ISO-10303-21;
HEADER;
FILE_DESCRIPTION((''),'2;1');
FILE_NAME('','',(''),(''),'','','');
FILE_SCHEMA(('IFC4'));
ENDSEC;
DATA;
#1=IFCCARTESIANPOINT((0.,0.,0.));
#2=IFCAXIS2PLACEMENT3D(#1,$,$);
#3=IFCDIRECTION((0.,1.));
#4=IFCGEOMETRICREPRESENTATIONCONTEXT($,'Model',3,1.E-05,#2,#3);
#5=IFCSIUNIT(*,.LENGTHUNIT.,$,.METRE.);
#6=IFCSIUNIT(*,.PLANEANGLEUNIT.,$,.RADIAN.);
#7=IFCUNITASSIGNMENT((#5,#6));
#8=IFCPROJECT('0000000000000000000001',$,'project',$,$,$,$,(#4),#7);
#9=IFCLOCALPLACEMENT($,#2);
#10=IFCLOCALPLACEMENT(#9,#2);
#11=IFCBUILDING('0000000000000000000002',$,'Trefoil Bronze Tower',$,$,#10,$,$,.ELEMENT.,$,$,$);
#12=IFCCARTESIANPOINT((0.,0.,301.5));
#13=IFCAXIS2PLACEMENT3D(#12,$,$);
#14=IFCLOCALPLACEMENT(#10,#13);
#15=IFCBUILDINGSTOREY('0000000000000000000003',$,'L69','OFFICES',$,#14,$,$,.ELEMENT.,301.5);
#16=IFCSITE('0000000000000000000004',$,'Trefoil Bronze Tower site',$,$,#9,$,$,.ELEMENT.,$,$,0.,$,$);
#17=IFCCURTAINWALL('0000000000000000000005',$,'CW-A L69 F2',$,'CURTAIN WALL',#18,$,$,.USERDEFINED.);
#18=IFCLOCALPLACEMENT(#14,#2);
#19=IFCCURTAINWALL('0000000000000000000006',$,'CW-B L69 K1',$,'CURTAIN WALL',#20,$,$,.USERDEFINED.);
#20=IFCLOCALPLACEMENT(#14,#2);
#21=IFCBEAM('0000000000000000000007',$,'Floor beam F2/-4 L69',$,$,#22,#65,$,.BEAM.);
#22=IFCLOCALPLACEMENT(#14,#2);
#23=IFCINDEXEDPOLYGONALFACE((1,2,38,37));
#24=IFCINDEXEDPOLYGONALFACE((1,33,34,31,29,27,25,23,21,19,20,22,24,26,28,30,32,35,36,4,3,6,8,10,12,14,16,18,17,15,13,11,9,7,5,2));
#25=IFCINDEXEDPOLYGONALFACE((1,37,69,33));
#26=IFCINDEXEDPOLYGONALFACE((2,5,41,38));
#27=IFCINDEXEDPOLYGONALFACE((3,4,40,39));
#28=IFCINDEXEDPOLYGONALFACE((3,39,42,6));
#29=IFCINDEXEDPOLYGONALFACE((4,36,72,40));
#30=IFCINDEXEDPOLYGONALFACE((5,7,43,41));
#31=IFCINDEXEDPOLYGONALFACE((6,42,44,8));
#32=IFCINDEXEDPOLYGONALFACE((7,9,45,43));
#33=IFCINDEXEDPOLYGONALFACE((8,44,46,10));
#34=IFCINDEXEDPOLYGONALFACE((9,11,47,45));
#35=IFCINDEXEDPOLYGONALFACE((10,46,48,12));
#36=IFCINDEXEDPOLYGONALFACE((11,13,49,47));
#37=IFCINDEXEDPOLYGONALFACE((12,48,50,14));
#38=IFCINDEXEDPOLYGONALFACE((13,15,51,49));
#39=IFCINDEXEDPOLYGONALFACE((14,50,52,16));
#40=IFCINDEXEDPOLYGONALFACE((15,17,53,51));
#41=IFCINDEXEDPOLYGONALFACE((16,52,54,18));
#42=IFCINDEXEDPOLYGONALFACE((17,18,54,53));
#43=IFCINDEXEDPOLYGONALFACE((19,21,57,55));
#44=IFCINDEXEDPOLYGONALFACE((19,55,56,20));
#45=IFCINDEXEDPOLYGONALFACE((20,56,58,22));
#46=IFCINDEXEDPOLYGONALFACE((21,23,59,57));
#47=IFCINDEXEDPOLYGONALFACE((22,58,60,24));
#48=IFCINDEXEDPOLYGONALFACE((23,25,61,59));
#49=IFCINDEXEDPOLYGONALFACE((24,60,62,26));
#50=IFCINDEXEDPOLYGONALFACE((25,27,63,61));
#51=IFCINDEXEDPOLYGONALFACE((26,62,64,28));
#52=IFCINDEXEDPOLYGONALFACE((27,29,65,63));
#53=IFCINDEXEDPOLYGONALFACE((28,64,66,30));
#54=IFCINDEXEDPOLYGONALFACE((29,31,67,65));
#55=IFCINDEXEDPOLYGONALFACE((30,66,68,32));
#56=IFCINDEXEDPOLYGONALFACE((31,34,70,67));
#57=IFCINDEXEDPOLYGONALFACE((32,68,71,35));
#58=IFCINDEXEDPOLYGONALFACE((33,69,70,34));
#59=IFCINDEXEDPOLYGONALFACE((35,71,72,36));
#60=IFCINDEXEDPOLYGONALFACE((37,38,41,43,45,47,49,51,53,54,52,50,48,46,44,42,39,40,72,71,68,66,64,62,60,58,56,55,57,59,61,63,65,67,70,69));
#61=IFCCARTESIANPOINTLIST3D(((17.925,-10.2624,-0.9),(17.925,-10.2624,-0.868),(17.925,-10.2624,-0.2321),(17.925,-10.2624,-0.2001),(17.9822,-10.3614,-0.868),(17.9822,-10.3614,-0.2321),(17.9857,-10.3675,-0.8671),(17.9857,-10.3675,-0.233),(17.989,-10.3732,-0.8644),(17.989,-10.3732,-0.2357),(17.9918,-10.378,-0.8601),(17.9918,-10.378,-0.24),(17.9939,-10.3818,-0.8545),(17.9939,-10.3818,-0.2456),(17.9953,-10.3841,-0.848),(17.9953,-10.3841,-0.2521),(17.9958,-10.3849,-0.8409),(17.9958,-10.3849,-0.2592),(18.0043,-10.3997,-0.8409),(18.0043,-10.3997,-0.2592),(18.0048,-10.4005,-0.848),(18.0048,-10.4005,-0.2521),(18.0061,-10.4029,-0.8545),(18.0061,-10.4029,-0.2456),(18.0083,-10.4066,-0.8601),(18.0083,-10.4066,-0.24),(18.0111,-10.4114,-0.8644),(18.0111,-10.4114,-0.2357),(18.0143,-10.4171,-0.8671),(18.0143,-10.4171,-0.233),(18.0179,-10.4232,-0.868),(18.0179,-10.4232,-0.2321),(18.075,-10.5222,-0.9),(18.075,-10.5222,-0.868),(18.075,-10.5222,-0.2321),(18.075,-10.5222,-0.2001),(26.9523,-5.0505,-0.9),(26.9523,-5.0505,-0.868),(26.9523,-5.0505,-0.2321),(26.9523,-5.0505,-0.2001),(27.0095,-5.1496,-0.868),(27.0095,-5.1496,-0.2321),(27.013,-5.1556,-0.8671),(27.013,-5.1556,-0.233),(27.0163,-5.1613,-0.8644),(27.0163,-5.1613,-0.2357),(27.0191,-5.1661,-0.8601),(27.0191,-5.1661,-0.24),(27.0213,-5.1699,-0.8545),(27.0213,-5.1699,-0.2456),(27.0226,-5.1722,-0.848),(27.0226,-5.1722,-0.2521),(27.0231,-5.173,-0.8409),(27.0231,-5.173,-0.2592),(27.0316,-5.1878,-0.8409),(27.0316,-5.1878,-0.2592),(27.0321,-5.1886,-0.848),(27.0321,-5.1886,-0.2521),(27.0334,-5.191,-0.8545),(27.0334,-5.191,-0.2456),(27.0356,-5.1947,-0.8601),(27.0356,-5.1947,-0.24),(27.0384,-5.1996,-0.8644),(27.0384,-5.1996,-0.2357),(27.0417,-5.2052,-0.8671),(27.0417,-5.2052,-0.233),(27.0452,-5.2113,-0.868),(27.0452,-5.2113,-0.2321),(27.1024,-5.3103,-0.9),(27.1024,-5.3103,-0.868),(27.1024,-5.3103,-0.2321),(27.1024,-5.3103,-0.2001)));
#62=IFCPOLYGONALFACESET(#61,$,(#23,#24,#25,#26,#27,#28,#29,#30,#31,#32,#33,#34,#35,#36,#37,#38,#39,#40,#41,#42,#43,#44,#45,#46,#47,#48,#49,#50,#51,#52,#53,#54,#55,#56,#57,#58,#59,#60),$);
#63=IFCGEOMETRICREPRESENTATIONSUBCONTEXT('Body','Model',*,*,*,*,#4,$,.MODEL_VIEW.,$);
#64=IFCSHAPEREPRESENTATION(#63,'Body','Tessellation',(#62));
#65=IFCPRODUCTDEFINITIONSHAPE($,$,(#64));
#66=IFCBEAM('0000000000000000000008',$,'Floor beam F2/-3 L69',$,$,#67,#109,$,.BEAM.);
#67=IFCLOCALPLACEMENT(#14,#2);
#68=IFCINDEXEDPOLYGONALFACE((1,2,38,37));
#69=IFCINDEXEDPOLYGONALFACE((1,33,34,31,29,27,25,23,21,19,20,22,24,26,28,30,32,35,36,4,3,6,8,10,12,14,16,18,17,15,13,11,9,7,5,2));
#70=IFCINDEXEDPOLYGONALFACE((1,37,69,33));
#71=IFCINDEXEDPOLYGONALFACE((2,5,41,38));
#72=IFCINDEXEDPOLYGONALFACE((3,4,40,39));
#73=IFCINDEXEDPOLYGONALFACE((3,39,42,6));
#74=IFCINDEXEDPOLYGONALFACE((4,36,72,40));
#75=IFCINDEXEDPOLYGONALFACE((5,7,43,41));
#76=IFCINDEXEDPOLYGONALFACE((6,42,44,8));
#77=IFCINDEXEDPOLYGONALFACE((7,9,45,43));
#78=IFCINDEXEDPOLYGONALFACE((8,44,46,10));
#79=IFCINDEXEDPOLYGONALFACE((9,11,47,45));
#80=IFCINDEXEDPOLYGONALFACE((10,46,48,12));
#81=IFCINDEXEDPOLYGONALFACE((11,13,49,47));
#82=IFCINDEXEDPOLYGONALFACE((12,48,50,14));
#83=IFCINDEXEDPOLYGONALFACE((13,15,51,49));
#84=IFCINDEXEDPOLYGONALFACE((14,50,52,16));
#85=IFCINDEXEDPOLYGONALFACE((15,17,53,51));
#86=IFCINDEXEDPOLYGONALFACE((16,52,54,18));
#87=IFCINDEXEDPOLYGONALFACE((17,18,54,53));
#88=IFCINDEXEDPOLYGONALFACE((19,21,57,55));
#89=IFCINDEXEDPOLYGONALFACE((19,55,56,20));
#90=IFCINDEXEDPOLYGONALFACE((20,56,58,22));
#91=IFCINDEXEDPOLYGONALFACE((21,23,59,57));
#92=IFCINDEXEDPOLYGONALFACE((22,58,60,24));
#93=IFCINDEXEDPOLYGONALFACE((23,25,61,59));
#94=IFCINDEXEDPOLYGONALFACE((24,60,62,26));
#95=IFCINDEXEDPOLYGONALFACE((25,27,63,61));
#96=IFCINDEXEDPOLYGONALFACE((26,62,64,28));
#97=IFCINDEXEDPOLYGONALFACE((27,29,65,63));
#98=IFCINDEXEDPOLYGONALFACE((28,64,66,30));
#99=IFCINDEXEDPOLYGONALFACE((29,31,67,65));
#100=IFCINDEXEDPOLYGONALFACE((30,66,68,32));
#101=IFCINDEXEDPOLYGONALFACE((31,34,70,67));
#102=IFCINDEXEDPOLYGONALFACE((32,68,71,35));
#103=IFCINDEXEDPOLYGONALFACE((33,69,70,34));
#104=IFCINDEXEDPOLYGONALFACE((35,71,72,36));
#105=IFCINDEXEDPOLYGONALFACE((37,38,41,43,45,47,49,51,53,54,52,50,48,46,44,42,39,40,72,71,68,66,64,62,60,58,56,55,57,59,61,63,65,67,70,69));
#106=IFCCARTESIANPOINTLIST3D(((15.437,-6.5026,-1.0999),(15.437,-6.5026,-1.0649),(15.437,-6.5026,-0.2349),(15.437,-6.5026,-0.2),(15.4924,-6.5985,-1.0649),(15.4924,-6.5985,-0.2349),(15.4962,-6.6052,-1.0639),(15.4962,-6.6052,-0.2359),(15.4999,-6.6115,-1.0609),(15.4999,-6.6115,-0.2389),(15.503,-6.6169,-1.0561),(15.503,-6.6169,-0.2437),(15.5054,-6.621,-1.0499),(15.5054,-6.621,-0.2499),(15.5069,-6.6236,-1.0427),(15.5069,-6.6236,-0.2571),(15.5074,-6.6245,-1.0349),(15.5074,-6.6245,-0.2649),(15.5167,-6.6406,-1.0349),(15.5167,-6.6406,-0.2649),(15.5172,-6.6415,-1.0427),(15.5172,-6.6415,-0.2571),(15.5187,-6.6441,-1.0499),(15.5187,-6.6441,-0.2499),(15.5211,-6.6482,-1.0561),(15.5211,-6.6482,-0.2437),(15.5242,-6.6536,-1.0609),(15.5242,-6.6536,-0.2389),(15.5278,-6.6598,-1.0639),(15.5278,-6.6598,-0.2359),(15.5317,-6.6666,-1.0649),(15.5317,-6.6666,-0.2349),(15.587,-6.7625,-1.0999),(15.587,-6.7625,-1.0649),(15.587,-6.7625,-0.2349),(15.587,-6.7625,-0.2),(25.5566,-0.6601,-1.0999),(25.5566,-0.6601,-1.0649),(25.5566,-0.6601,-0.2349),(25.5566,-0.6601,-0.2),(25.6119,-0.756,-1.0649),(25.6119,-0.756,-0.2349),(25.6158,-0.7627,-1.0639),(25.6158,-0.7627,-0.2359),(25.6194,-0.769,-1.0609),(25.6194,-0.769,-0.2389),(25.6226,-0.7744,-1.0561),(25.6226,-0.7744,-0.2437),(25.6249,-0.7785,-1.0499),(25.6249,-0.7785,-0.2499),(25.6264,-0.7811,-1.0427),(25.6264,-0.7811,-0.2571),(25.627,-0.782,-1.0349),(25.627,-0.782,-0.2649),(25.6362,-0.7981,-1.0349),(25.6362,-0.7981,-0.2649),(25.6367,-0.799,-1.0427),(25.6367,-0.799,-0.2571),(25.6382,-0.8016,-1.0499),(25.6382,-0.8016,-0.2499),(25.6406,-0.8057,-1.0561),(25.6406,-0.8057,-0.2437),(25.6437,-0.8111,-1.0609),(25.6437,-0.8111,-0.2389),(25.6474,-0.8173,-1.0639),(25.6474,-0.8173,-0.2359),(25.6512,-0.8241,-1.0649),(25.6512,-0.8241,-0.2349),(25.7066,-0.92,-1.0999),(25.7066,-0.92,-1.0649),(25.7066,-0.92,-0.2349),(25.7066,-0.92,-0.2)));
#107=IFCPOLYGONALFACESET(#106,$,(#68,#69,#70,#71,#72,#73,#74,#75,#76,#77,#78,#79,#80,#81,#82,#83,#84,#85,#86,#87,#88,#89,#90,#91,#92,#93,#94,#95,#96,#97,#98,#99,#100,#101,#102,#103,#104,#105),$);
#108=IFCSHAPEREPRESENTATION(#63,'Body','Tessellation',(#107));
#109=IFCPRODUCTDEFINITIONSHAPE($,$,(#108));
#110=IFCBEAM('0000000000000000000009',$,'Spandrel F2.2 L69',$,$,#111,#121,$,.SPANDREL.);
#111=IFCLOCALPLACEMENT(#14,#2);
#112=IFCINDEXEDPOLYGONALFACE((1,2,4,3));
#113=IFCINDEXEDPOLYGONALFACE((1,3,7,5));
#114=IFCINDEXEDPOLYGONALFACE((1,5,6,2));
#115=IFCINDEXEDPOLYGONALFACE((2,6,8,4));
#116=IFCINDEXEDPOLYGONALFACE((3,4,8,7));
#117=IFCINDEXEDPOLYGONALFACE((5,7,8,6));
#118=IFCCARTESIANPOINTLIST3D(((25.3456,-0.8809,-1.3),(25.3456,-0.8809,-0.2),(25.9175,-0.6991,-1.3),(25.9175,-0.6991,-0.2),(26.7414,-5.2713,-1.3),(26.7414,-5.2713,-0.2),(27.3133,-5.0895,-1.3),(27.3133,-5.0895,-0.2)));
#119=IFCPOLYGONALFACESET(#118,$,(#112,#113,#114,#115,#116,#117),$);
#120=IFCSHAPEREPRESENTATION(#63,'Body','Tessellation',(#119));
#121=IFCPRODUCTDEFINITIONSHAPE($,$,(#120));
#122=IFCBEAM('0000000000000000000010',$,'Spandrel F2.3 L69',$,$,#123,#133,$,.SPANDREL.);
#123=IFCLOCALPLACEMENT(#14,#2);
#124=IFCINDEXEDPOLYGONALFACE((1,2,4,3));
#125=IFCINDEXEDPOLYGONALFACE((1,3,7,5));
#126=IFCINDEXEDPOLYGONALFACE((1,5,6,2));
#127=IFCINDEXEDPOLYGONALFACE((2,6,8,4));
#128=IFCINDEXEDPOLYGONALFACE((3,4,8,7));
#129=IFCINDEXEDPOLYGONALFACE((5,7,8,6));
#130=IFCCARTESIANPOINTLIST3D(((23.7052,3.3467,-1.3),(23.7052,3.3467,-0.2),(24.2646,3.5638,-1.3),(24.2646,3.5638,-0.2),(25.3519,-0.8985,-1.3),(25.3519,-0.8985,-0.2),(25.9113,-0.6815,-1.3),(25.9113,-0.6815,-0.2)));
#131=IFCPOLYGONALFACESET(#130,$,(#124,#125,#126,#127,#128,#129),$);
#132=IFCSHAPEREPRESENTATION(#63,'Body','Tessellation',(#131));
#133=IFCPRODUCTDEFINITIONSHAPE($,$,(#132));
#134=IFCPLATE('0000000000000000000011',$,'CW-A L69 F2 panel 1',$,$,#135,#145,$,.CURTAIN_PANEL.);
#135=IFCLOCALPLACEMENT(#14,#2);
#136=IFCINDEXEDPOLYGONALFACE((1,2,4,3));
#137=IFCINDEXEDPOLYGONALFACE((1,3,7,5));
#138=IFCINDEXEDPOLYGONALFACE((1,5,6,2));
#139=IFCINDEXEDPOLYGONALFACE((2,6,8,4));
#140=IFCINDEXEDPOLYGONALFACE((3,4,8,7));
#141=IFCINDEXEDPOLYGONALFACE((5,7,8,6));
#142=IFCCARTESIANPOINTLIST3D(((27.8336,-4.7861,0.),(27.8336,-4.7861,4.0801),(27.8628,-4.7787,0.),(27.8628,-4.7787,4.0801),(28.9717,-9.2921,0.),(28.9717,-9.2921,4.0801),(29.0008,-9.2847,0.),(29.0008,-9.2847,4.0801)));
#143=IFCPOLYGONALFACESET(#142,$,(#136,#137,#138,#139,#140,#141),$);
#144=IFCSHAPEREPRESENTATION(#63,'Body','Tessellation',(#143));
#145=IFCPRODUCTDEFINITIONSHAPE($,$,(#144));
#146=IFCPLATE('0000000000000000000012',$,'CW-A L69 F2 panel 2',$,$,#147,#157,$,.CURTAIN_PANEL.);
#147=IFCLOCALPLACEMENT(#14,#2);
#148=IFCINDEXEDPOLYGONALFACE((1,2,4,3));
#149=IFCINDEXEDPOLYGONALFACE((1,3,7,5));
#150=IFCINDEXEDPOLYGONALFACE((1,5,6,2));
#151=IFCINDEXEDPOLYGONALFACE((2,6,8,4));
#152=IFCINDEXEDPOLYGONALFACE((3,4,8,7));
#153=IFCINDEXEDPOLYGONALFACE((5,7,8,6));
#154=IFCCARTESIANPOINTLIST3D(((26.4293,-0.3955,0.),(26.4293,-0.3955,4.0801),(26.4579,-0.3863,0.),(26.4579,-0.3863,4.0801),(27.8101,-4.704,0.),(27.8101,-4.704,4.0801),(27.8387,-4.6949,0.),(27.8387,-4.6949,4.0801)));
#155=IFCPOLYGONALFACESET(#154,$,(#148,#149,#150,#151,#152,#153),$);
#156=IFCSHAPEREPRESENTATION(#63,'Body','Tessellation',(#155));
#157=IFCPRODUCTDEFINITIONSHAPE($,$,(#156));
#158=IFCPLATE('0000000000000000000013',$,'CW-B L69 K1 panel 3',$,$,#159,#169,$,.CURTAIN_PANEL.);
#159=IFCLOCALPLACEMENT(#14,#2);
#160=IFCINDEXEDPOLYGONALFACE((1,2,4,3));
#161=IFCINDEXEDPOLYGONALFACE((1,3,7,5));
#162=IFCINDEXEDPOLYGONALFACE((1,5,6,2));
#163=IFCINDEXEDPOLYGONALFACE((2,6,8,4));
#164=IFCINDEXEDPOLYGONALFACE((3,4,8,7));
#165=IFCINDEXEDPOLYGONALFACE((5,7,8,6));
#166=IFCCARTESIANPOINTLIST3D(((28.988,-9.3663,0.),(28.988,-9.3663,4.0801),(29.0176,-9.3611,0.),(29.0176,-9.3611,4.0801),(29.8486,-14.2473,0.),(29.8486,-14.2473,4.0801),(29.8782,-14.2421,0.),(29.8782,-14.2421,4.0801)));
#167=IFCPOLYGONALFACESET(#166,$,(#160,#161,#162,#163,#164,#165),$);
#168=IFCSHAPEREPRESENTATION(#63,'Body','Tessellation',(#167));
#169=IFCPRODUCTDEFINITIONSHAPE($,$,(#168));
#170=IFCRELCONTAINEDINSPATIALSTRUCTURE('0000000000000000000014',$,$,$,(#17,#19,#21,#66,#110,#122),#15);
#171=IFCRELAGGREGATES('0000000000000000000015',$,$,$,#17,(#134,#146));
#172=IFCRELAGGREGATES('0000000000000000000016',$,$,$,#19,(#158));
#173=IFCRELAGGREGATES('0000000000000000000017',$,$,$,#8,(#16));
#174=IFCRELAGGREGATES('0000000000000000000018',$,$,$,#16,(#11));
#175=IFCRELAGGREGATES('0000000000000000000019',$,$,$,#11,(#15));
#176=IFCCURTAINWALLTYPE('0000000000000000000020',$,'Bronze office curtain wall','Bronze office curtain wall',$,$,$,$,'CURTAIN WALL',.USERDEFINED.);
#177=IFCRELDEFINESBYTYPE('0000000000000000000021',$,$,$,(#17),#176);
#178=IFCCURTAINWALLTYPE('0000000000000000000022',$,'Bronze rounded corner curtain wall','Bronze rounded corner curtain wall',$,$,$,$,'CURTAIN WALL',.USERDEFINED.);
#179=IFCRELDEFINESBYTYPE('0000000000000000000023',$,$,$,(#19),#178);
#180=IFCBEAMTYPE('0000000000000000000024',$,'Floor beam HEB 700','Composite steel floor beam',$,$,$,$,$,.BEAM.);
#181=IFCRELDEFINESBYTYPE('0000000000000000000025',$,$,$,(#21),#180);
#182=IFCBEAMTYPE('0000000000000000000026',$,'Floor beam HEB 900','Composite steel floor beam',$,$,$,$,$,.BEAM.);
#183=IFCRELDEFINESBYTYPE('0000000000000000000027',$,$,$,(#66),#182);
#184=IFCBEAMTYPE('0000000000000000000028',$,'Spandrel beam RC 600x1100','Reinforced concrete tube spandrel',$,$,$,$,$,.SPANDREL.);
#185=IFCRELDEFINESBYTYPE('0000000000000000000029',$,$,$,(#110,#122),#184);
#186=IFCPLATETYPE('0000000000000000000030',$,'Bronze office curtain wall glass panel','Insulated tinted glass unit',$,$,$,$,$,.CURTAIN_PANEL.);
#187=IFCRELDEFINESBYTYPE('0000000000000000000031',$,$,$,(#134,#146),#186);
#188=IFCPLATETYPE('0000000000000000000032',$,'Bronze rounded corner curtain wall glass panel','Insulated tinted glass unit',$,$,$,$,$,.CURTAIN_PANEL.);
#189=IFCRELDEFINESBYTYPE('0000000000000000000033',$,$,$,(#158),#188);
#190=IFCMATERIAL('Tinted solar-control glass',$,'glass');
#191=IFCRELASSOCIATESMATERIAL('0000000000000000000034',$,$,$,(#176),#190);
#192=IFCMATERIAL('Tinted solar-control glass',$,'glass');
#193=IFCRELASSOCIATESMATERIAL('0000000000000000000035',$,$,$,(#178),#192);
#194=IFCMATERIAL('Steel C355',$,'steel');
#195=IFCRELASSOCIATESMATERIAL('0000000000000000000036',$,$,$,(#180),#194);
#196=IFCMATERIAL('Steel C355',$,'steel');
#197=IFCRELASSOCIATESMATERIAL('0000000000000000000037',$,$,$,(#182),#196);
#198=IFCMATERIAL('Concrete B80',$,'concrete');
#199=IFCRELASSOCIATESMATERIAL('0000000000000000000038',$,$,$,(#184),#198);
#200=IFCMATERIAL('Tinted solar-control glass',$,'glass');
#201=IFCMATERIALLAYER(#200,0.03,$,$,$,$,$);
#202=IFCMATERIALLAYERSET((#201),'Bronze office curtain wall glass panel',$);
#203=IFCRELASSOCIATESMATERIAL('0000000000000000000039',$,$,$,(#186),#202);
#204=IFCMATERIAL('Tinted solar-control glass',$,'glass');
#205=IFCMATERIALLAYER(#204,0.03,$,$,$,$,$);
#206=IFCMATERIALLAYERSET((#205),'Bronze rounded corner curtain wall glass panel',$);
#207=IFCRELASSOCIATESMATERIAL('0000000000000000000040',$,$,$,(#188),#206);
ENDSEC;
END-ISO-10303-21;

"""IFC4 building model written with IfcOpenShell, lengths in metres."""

from ifc_helpers import new_model, si_unit, direction, frame, origin, origin_2d, place, context, subcontext, project, spatial, rectangle, i_section, extrude, material, layer, layer_set, material_profile, profile_set, type_object, element, aggregate, save


model = new_model("IFC4")

# Units and contexts
model_context = context("Model", 3, precision=1e-05, world=origin(), true_north=direction((0.0, 1.0)))
body_context = subcontext(model_context, "Body", "Model", "MODEL_VIEW")
ifc_project = project(units=[si_unit("LENGTHUNIT", "METRE"), si_unit("PLANEANGLEUNIT", "RADIAN")], contexts=[model_context])

# Site, building, storey
site_placement = place(None, origin())
site = spatial("IfcSite", under=ifc_project, at=site_placement, Name="Trefoil Bronze Tower site", CompositionType="ELEMENT", RefElevation=0.0)
building_placement = place(site_placement, origin())
building = spatial("IfcBuilding", under=site, at=building_placement, Name="Trefoil Bronze Tower", CompositionType="ELEMENT")
storey_placement = place(building_placement, frame((0.0, 0.0, 301.5)))
storey = spatial("IfcBuildingStorey", under=building, at=storey_placement, Name="L69", Description="OFFICES", CompositionType="ELEMENT", Elevation=301.5)

# Curtain walls
ifc_material_1 = material(Name="Tinted solar-control glass", Category="glass")
curtain_wall_type_1 = type_object("IfcCurtainWallType", Name="Bronze office curtain wall", Description="Bronze office curtain wall", ElementType="CURTAIN WALL", PredefinedType="USERDEFINED", material=ifc_material_1)
curtain_wall_1_placement = place(storey_placement, origin())
curtain_wall_1 = element("IfcCurtainWall", 1, at=curtain_wall_1_placement, inside=storey, type_object=curtain_wall_type_1, Name="CW-A L69 F2", ObjectType="CURTAIN WALL", PredefinedType="USERDEFINED")
ifc_material_2 = material(Name="Tinted solar-control glass", Category="glass")
curtain_wall_type_2 = type_object("IfcCurtainWallType", Name="Bronze rounded corner curtain wall", Description="Bronze rounded corner curtain wall", ElementType="CURTAIN WALL", PredefinedType="USERDEFINED", material=ifc_material_2)
curtain_wall_2_placement = place(storey_placement, origin())
curtain_wall_2 = element("IfcCurtainWall", 2, at=curtain_wall_2_placement, inside=storey, type_object=curtain_wall_type_2, Name="CW-B L69 K1", ObjectType="CURTAIN WALL", PredefinedType="USERDEFINED")

# Beams
ifc_material_3 = material(Name="Steel C355", Category="steel")
ifc_material_profile_1 = material_profile(ifc_material_3, i_section(OverallWidth=0.3, OverallDepth=0.7, WebThickness=0.0171, FlangeThickness=0.032, FilletRadius=0.0271, at=origin_2d()), Name="HEB 700")
ifc_profile_set_1 = profile_set([ifc_material_profile_1], Name="Steel C355")
beam_type_1 = type_object("IfcBeamType", Name="Floor beam HEB 700", Description="Composite steel floor beam", PredefinedType="BEAM", material=ifc_profile_set_1)
beam_1_placement = place(storey_placement, frame((27.0273, -5.1804, -0.55), z_axis=(-0.866026, -0.499998, 0.0), x_axis=(0.499998, -0.866026, 0.0)))
element("IfcBeam", 3, at=beam_1_placement, inside=storey, type_object=beam_type_1, Name="Floor beam F2/-4 L69", PredefinedType="BEAM", context=body_context, shape_type="SweptSolid", body=[
    extrude(i_section(OverallWidth=0.3, OverallDepth=0.7, WebThickness=0.0171, FlangeThickness=0.032, FilletRadius=0.0271, at=origin_2d()), origin(), (0.0, 0.0, 1.0), 10.4238),
])
ifc_material_4 = material(Name="Steel C355", Category="steel")
ifc_material_profile_2 = material_profile(ifc_material_4, i_section(OverallWidth=0.3, OverallDepth=0.8999, WebThickness=0.0186, FlangeThickness=0.0349, FilletRadius=0.03, at=origin_2d()), Name="HEB 900")
ifc_profile_set_2 = profile_set([ifc_material_profile_2], Name="Steel C355")
beam_type_2 = type_object("IfcBeamType", Name="Floor beam HEB 900", Description="Composite steel floor beam", PredefinedType="BEAM", material=ifc_profile_set_2)
beam_2_placement = place(storey_placement, frame((25.6316, -0.79, -0.6499), z_axis=(-0.866027, -0.499997, 0.0), x_axis=(0.499997, -0.866027, 0.0)))
element("IfcBeam", 4, at=beam_2_placement, inside=storey, type_object=beam_type_2, Name="Floor beam F2/-3 L69", PredefinedType="BEAM", context=body_context, shape_type="SweptSolid", body=[
    extrude(i_section(OverallWidth=0.3, OverallDepth=0.8999, WebThickness=0.0186, FlangeThickness=0.0349, FilletRadius=0.03, at=origin_2d()), origin(), (0.0, 0.0, 1.0), 11.6851),
])
ifc_material_5 = material(Name="Concrete B80", Category="concrete")
ifc_material_profile_3 = material_profile(ifc_material_5, rectangle(XDim=0.6001, YDim=1.1001, at=origin_2d()), Name="RC 600x1100")
ifc_profile_set_3 = profile_set([ifc_material_profile_3], Name="Concrete B80")
beam_type_3 = type_object("IfcBeamType", Name="Spandrel beam RC 600x1100", Description="Reinforced concrete tube spandrel", PredefinedType="SPANDREL", material=ifc_profile_set_3)
beam_3_placement = place(storey_placement, frame((27.0273, -5.1804, -0.75), z_axis=(-0.30297, 0.953, 0.0), x_axis=(-0.953, -0.30297, 0.0)))
element("IfcBeam", 5, at=beam_3_placement, inside=storey, type_object=beam_type_3, Name="Spandrel F2.2 L69", PredefinedType="SPANDREL", context=body_context, shape_type="SweptSolid", body=[
    extrude(rectangle(XDim=0.6001, YDim=1.1001, at=origin_2d()), origin(), (0.0, 0.0, 1.0), 4.6069),
])
beam_4_placement = place(storey_placement, frame((25.6316, -0.79, -0.75), z_axis=(-0.361636, 0.932319, 0.0), x_axis=(-0.932319, -0.361636, 0.0)))
element("IfcBeam", 6, at=beam_4_placement, inside=storey, type_object=beam_type_3, Name="Spandrel F2.3 L69", PredefinedType="SPANDREL", context=body_context, shape_type="SweptSolid", body=[
    extrude(rectangle(XDim=0.6001, YDim=1.1001, at=origin_2d()), origin(), (0.0, 0.0, 1.0), 4.5535),
])

# Plates
ifc_material_6 = material(Name="Tinted solar-control glass", Category="glass")
ifc_layer_1 = layer(ifc_material_6, 0.03)
ifc_layer_set_1 = layer_set([ifc_layer_1], Name="Bronze office curtain wall glass panel")
plate_type_1 = type_object("IfcPlateType", Name="Bronze office curtain wall glass panel", Description="Insulated tinted glass unit", PredefinedType="CURTAIN_PANEL", material=ifc_layer_set_1)
plate_1_placement = place(storey_placement, frame((28.4172, -7.0354, 0.0), z_axis=(0.0, 0.0, 1.0), x_axis=(-0.24488, 0.969554, 0.0)))
plate_1 = element("IfcPlate", 7, at=plate_1_placement, type_object=plate_type_1, Name="CW-A L69 F2 panel 1", PredefinedType="CURTAIN_PANEL", context=body_context, shape_type="SweptSolid", body=[
    extrude(rectangle(XDim=4.6475, YDim=0.03, at=origin_2d()), origin(), (0.0, 0.0, 1.0), 4.0801),
])
plate_2_placement = place(storey_placement, frame((27.134, -2.5452, 0.0), z_axis=(0.0, 0.0, 1.0), x_axis=(-0.305188, 0.952292, 0.0)))
plate_2 = element("IfcPlate", 8, at=plate_2_placement, type_object=plate_type_1, Name="CW-A L69 F2 panel 2", PredefinedType="CURTAIN_PANEL", context=body_context, shape_type="SweptSolid", body=[
    extrude(rectangle(XDim=4.5244, YDim=0.03, at=origin_2d()), origin(), (0.0, 0.0, 1.0), 4.0801),
])
aggregate(curtain_wall_1, [plate_1, plate_2])
ifc_material_7 = material(Name="Tinted solar-control glass", Category="glass")
ifc_layer_2 = layer(ifc_material_7, 0.03)
ifc_layer_set_2 = layer_set([ifc_layer_2], Name="Bronze rounded corner curtain wall glass panel")
plate_type_2 = type_object("IfcPlateType", Name="Bronze rounded corner curtain wall glass panel", Description="Insulated tinted glass unit", PredefinedType="CURTAIN_PANEL", material=ifc_layer_set_2)
plate_3_placement = place(storey_placement, frame((29.4331, -11.8042, 0.0), z_axis=(0.0, 0.0, 1.0), x_axis=(-0.173648, 0.984808, 0.0)))
plate_3 = element("IfcPlate", 9, at=plate_3_placement, type_object=plate_type_2, Name="CW-B L69 K1 panel 3", PredefinedType="CURTAIN_PANEL", context=body_context, shape_type="SweptSolid", body=[
    extrude(rectangle(XDim=4.9563, YDim=0.03, at=origin_2d()), origin(), (0.0, 0.0, 1.0), 4.0801),
])
aggregate(curtain_wall_2, [plate_3])

save(model, "model.ifc")
